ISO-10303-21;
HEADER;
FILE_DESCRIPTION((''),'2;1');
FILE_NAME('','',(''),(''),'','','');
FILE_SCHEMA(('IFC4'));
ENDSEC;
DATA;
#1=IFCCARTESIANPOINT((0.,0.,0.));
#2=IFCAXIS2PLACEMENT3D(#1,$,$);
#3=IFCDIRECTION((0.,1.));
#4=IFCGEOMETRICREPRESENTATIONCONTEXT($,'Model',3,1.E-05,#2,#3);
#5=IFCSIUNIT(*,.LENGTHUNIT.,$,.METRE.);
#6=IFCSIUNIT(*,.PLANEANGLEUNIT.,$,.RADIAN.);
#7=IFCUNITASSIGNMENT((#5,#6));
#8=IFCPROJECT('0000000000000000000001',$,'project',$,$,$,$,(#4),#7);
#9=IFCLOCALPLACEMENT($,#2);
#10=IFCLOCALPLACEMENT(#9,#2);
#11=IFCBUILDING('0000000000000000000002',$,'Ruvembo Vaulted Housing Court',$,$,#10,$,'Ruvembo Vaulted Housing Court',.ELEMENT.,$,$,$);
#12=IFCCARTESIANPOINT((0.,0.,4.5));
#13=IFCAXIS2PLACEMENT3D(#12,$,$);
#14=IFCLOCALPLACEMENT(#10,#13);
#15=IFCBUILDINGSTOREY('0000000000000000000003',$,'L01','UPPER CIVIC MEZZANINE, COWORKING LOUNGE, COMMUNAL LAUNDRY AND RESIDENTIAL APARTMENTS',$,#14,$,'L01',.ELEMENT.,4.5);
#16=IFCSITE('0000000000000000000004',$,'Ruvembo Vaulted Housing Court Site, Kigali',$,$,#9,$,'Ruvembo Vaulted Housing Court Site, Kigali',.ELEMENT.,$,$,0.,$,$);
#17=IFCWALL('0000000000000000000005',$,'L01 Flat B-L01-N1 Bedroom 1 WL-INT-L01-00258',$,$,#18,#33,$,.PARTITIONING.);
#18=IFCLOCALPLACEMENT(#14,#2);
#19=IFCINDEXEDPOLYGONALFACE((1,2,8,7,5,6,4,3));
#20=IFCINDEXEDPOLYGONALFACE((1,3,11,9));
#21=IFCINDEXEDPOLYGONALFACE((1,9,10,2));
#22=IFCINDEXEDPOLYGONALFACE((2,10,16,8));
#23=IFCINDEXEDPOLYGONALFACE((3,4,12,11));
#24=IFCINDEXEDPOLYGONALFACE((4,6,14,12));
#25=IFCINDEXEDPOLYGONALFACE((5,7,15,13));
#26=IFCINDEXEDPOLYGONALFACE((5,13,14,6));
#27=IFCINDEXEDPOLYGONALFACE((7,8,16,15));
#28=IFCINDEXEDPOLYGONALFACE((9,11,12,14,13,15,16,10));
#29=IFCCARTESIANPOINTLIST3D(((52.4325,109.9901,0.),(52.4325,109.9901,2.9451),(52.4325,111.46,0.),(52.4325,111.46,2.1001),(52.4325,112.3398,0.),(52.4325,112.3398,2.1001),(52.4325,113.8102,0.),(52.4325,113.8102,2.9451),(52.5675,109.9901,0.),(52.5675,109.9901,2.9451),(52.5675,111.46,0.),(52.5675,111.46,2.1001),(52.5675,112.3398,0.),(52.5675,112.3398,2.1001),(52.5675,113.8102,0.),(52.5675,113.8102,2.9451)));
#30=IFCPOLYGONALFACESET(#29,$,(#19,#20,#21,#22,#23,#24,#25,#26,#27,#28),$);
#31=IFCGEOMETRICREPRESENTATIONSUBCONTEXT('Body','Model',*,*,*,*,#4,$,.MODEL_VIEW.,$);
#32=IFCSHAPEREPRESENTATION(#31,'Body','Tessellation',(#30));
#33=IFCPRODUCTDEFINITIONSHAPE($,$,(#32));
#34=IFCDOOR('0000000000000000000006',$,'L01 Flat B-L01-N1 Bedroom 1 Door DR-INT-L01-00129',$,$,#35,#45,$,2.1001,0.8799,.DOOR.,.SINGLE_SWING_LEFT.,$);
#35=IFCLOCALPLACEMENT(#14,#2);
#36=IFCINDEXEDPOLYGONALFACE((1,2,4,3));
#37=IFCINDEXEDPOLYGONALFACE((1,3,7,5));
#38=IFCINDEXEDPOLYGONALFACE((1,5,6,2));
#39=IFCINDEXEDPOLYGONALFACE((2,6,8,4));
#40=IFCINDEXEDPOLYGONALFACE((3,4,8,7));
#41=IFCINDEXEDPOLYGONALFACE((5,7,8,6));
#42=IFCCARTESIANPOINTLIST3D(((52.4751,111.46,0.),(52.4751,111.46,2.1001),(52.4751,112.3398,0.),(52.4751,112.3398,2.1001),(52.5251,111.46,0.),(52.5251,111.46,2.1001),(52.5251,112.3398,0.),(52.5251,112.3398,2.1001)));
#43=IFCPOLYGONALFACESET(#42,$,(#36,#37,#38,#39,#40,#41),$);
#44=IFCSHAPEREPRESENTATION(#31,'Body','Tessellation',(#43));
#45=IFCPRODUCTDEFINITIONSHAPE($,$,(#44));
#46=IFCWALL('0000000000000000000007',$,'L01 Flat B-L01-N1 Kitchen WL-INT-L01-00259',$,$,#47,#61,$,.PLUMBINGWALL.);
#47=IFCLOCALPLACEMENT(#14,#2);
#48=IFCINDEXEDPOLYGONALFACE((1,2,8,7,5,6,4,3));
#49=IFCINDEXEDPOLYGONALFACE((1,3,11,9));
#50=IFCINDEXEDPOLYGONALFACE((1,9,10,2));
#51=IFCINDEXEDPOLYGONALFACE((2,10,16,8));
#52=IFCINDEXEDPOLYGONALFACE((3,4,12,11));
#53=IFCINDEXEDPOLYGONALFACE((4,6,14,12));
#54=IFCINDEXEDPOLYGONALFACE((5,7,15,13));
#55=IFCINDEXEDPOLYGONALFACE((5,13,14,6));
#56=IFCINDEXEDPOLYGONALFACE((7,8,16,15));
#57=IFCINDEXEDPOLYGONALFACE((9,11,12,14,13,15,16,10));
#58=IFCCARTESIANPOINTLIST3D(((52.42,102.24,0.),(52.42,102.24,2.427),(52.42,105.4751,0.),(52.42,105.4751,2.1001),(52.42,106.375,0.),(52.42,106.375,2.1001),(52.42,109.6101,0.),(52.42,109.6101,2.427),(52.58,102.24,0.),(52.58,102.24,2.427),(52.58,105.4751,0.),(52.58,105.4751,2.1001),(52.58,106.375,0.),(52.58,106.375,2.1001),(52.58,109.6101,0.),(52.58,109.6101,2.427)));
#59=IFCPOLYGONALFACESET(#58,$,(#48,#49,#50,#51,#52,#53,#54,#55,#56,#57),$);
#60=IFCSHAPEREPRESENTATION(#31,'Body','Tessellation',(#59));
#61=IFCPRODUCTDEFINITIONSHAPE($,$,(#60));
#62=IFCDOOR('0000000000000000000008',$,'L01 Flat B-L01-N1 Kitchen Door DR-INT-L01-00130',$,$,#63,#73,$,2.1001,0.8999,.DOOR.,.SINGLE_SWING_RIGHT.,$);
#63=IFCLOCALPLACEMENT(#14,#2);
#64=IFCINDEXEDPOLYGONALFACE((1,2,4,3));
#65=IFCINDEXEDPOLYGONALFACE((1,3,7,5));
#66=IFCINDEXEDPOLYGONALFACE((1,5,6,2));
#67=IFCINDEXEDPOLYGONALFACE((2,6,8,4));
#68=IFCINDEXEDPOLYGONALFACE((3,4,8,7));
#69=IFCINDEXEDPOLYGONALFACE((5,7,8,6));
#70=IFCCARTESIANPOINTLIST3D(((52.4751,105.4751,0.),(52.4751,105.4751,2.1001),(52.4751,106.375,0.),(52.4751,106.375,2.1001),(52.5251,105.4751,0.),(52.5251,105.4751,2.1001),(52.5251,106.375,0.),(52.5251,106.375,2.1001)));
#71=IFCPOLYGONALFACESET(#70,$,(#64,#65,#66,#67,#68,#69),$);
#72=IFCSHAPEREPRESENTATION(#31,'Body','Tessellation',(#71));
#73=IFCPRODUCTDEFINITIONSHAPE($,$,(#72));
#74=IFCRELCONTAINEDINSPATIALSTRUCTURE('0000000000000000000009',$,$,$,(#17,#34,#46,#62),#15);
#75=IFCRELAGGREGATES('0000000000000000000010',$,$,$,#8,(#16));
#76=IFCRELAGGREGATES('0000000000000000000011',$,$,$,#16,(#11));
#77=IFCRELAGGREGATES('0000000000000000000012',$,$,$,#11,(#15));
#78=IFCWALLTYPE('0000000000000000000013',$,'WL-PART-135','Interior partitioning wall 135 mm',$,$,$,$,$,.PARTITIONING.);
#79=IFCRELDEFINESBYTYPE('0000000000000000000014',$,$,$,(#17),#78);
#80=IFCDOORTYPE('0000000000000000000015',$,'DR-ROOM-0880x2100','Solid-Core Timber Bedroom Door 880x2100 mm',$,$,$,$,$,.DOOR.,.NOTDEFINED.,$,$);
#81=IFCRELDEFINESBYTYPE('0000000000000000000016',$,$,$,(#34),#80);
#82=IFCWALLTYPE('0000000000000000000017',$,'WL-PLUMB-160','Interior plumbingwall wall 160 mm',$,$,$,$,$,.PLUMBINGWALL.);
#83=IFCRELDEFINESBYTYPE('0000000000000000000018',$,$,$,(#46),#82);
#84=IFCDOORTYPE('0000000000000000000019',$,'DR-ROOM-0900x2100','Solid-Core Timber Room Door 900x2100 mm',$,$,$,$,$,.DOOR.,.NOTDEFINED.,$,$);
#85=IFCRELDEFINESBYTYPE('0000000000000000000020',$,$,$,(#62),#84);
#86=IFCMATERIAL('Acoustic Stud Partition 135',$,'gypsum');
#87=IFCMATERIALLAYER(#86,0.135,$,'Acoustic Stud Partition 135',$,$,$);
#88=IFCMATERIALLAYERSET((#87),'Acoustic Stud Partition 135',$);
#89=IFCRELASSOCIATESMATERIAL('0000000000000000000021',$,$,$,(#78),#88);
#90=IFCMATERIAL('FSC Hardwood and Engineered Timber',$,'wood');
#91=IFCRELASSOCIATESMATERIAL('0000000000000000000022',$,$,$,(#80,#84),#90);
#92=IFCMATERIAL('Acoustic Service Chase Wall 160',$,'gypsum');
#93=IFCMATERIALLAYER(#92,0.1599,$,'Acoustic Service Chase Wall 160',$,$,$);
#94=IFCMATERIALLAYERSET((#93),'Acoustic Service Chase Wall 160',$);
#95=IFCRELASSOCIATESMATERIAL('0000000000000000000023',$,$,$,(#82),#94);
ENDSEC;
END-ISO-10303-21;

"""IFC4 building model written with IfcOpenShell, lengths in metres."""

from ifc_helpers import new_model, si_unit, direction, frame, frame_2d, origin, place, context, subcontext, project, spatial, rectangle, extrude, material, layer, layer_set, type_object, element, fill, save


model = new_model("IFC4")

# Units and contexts
model_context = context("Model", 3, precision=1e-05, world=origin(), true_north=direction((0.0, 1.0)))
body_context = subcontext(model_context, "Body", "Model", "MODEL_VIEW")
ifc_project = project(units=[si_unit("LENGTHUNIT", "METRE"), si_unit("PLANEANGLEUNIT", "RADIAN")], contexts=[model_context])

# Site, building, storey
site_placement = place(None, origin())
site = spatial("IfcSite", under=ifc_project, at=site_placement, Name="Ruvembo Vaulted Housing Court Site, Kigali", LongName="Ruvembo Vaulted Housing Court Site, Kigali", CompositionType="ELEMENT", RefElevation=0.0)
building_placement = place(site_placement, origin())
building = spatial("IfcBuilding", under=site, at=building_placement, Name="Ruvembo Vaulted Housing Court", LongName="Ruvembo Vaulted Housing Court", CompositionType="ELEMENT")
storey_placement = place(building_placement, frame((0.0, 0.0, 4.5)))
storey = spatial("IfcBuildingStorey", under=building, at=storey_placement, Name="L01", Description="UPPER CIVIC MEZZANINE, COWORKING LOUNGE, COMMUNAL LAUNDRY AND RESIDENTIAL APARTMENTS", LongName="L01", CompositionType="ELEMENT", Elevation=4.5)

# Walls, openings, doors
ifc_material_1 = material(Name="Acoustic Stud Partition 135", Category="gypsum")
ifc_layer_1 = layer(ifc_material_1, 0.135, Name="Acoustic Stud Partition 135")
ifc_layer_set_1 = layer_set([ifc_layer_1], Name="Acoustic Stud Partition 135")
wall_type_1 = type_object("IfcWallType", Name="WL-PART-135", Description="Interior partitioning wall 135 mm", PredefinedType="PARTITIONING", material=ifc_layer_set_1)
wall_1_placement = place(storey_placement, frame((52.5, 109.99, 0.0), z_axis=(0.0, 0.0, 1.0), x_axis=(0.0, 1.0, 0.0)))
wall_1 = element("IfcWall", 1, at=wall_1_placement, inside=storey, type_object=wall_type_1, Name="L01 Flat B-L01-N1 Bedroom 1 WL-INT-L01-00258", PredefinedType="PARTITIONING", context=body_context, shape_type="SweptSolid", body=[
    extrude(rectangle(XDim=3.8201, YDim=0.135, at=frame_2d((1.9102, 0.0))), origin(), (0.0, 0.0, 1.0), 2.9451),
])
opening_1_placement = place(wall_1_placement, frame((1.47, 0.0, 0.0)))
opening_1 = element("IfcOpeningElement", 2, at=opening_1_placement, cuts=wall_1, PredefinedType="OPENING", context=body_context, shape_type="SweptSolid", body=[
    extrude(rectangle(XDim=0.8799, YDim=2.1001, at=frame_2d((0.4399, 1.05))), frame((0.0, 0.0774, 0.0), z_axis=(0.0, -1.0, 0.0), x_axis=(1.0, 0.0, 0.0)), (0.0, 0.0, 1.0), 0.155),
])
ifc_material_2 = material(Name="FSC Hardwood and Engineered Timber", Category="wood")
door_type_1 = type_object("IfcDoorType", Name="DR-ROOM-0880x2100", Description="Solid-Core Timber Bedroom Door 880x2100 mm", OperationType="NOTDEFINED", PredefinedType="DOOR", material=ifc_material_2)
door_1_placement = place(opening_1_placement, origin())
door_1 = element("IfcDoor", 3, at=door_1_placement, inside=storey, type_object=door_type_1, Name="L01 Flat B-L01-N1 Bedroom 1 Door DR-INT-L01-00129", OperationType="SINGLE_SWING_LEFT", OverallHeight=2.1001, OverallWidth=0.8799, PredefinedType="DOOR", context=body_context, shape_type="SweptSolid", body=[
    extrude(rectangle(XDim=0.8799, YDim=2.1001, at=frame_2d((0.4399, 1.05))), frame((0.0, 0.0249, 0.0), z_axis=(0.0, -1.0, 0.0), x_axis=(1.0, 0.0, 0.0)), (0.0, 0.0, 1.0), 0.05),
])
fill(opening_1, door_1)
ifc_material_3 = material(Name="Acoustic Service Chase Wall 160", Category="gypsum")
ifc_layer_2 = layer(ifc_material_3, 0.1599, Name="Acoustic Service Chase Wall 160")
ifc_layer_set_2 = layer_set([ifc_layer_2], Name="Acoustic Service Chase Wall 160")
wall_type_2 = type_object("IfcWallType", Name="WL-PLUMB-160", Description="Interior plumbingwall wall 160 mm", PredefinedType="PLUMBINGWALL", material=ifc_layer_set_2)
wall_2_placement = place(storey_placement, frame((52.5, 102.24, 0.0), z_axis=(0.0, 0.0, 1.0), x_axis=(0.0, 1.0, 0.0)))
wall_2 = element("IfcWall", 4, at=wall_2_placement, inside=storey, type_object=wall_type_2, Name="L01 Flat B-L01-N1 Kitchen WL-INT-L01-00259", PredefinedType="PLUMBINGWALL", context=body_context, shape_type="SweptSolid", body=[
    extrude(rectangle(XDim=7.3701, YDim=0.1599, at=frame_2d((3.6851, 0.0))), origin(), (0.0, 0.0, 1.0), 2.427),
])
opening_2_placement = place(wall_2_placement, frame((3.2351, 0.0, 0.0)))
opening_2 = element("IfcOpeningElement", 5, at=opening_2_placement, cuts=wall_2, PredefinedType="OPENING", context=body_context, shape_type="SweptSolid", body=[
    extrude(rectangle(XDim=0.8999, YDim=2.1001, at=frame_2d((0.45, 1.05))), frame((0.0, 0.0898, 0.0), z_axis=(0.0, -1.0, 0.0), x_axis=(1.0, 0.0, 0.0)), (0.0, 0.0, 1.0), 0.1799),
])
door_type_2 = type_object("IfcDoorType", Name="DR-ROOM-0900x2100", Description="Solid-Core Timber Room Door 900x2100 mm", OperationType="NOTDEFINED", PredefinedType="DOOR", material=ifc_material_2)
door_2_placement = place(opening_2_placement, origin())
door_2 = element("IfcDoor", 6, at=door_2_placement, inside=storey, type_object=door_type_2, Name="L01 Flat B-L01-N1 Kitchen Door DR-INT-L01-00130", OperationType="SINGLE_SWING_RIGHT", OverallHeight=2.1001, OverallWidth=0.8999, PredefinedType="DOOR", context=body_context, shape_type="SweptSolid", body=[
    extrude(rectangle(XDim=0.8999, YDim=2.1001, at=frame_2d((0.45, 1.05))), frame((0.0, 0.0249, 0.0), z_axis=(0.0, -1.0, 0.0), x_axis=(1.0, 0.0, 0.0)), (0.0, 0.0, 1.0), 0.05),
])
fill(opening_2, door_2)

save(model, "model.ifc")
